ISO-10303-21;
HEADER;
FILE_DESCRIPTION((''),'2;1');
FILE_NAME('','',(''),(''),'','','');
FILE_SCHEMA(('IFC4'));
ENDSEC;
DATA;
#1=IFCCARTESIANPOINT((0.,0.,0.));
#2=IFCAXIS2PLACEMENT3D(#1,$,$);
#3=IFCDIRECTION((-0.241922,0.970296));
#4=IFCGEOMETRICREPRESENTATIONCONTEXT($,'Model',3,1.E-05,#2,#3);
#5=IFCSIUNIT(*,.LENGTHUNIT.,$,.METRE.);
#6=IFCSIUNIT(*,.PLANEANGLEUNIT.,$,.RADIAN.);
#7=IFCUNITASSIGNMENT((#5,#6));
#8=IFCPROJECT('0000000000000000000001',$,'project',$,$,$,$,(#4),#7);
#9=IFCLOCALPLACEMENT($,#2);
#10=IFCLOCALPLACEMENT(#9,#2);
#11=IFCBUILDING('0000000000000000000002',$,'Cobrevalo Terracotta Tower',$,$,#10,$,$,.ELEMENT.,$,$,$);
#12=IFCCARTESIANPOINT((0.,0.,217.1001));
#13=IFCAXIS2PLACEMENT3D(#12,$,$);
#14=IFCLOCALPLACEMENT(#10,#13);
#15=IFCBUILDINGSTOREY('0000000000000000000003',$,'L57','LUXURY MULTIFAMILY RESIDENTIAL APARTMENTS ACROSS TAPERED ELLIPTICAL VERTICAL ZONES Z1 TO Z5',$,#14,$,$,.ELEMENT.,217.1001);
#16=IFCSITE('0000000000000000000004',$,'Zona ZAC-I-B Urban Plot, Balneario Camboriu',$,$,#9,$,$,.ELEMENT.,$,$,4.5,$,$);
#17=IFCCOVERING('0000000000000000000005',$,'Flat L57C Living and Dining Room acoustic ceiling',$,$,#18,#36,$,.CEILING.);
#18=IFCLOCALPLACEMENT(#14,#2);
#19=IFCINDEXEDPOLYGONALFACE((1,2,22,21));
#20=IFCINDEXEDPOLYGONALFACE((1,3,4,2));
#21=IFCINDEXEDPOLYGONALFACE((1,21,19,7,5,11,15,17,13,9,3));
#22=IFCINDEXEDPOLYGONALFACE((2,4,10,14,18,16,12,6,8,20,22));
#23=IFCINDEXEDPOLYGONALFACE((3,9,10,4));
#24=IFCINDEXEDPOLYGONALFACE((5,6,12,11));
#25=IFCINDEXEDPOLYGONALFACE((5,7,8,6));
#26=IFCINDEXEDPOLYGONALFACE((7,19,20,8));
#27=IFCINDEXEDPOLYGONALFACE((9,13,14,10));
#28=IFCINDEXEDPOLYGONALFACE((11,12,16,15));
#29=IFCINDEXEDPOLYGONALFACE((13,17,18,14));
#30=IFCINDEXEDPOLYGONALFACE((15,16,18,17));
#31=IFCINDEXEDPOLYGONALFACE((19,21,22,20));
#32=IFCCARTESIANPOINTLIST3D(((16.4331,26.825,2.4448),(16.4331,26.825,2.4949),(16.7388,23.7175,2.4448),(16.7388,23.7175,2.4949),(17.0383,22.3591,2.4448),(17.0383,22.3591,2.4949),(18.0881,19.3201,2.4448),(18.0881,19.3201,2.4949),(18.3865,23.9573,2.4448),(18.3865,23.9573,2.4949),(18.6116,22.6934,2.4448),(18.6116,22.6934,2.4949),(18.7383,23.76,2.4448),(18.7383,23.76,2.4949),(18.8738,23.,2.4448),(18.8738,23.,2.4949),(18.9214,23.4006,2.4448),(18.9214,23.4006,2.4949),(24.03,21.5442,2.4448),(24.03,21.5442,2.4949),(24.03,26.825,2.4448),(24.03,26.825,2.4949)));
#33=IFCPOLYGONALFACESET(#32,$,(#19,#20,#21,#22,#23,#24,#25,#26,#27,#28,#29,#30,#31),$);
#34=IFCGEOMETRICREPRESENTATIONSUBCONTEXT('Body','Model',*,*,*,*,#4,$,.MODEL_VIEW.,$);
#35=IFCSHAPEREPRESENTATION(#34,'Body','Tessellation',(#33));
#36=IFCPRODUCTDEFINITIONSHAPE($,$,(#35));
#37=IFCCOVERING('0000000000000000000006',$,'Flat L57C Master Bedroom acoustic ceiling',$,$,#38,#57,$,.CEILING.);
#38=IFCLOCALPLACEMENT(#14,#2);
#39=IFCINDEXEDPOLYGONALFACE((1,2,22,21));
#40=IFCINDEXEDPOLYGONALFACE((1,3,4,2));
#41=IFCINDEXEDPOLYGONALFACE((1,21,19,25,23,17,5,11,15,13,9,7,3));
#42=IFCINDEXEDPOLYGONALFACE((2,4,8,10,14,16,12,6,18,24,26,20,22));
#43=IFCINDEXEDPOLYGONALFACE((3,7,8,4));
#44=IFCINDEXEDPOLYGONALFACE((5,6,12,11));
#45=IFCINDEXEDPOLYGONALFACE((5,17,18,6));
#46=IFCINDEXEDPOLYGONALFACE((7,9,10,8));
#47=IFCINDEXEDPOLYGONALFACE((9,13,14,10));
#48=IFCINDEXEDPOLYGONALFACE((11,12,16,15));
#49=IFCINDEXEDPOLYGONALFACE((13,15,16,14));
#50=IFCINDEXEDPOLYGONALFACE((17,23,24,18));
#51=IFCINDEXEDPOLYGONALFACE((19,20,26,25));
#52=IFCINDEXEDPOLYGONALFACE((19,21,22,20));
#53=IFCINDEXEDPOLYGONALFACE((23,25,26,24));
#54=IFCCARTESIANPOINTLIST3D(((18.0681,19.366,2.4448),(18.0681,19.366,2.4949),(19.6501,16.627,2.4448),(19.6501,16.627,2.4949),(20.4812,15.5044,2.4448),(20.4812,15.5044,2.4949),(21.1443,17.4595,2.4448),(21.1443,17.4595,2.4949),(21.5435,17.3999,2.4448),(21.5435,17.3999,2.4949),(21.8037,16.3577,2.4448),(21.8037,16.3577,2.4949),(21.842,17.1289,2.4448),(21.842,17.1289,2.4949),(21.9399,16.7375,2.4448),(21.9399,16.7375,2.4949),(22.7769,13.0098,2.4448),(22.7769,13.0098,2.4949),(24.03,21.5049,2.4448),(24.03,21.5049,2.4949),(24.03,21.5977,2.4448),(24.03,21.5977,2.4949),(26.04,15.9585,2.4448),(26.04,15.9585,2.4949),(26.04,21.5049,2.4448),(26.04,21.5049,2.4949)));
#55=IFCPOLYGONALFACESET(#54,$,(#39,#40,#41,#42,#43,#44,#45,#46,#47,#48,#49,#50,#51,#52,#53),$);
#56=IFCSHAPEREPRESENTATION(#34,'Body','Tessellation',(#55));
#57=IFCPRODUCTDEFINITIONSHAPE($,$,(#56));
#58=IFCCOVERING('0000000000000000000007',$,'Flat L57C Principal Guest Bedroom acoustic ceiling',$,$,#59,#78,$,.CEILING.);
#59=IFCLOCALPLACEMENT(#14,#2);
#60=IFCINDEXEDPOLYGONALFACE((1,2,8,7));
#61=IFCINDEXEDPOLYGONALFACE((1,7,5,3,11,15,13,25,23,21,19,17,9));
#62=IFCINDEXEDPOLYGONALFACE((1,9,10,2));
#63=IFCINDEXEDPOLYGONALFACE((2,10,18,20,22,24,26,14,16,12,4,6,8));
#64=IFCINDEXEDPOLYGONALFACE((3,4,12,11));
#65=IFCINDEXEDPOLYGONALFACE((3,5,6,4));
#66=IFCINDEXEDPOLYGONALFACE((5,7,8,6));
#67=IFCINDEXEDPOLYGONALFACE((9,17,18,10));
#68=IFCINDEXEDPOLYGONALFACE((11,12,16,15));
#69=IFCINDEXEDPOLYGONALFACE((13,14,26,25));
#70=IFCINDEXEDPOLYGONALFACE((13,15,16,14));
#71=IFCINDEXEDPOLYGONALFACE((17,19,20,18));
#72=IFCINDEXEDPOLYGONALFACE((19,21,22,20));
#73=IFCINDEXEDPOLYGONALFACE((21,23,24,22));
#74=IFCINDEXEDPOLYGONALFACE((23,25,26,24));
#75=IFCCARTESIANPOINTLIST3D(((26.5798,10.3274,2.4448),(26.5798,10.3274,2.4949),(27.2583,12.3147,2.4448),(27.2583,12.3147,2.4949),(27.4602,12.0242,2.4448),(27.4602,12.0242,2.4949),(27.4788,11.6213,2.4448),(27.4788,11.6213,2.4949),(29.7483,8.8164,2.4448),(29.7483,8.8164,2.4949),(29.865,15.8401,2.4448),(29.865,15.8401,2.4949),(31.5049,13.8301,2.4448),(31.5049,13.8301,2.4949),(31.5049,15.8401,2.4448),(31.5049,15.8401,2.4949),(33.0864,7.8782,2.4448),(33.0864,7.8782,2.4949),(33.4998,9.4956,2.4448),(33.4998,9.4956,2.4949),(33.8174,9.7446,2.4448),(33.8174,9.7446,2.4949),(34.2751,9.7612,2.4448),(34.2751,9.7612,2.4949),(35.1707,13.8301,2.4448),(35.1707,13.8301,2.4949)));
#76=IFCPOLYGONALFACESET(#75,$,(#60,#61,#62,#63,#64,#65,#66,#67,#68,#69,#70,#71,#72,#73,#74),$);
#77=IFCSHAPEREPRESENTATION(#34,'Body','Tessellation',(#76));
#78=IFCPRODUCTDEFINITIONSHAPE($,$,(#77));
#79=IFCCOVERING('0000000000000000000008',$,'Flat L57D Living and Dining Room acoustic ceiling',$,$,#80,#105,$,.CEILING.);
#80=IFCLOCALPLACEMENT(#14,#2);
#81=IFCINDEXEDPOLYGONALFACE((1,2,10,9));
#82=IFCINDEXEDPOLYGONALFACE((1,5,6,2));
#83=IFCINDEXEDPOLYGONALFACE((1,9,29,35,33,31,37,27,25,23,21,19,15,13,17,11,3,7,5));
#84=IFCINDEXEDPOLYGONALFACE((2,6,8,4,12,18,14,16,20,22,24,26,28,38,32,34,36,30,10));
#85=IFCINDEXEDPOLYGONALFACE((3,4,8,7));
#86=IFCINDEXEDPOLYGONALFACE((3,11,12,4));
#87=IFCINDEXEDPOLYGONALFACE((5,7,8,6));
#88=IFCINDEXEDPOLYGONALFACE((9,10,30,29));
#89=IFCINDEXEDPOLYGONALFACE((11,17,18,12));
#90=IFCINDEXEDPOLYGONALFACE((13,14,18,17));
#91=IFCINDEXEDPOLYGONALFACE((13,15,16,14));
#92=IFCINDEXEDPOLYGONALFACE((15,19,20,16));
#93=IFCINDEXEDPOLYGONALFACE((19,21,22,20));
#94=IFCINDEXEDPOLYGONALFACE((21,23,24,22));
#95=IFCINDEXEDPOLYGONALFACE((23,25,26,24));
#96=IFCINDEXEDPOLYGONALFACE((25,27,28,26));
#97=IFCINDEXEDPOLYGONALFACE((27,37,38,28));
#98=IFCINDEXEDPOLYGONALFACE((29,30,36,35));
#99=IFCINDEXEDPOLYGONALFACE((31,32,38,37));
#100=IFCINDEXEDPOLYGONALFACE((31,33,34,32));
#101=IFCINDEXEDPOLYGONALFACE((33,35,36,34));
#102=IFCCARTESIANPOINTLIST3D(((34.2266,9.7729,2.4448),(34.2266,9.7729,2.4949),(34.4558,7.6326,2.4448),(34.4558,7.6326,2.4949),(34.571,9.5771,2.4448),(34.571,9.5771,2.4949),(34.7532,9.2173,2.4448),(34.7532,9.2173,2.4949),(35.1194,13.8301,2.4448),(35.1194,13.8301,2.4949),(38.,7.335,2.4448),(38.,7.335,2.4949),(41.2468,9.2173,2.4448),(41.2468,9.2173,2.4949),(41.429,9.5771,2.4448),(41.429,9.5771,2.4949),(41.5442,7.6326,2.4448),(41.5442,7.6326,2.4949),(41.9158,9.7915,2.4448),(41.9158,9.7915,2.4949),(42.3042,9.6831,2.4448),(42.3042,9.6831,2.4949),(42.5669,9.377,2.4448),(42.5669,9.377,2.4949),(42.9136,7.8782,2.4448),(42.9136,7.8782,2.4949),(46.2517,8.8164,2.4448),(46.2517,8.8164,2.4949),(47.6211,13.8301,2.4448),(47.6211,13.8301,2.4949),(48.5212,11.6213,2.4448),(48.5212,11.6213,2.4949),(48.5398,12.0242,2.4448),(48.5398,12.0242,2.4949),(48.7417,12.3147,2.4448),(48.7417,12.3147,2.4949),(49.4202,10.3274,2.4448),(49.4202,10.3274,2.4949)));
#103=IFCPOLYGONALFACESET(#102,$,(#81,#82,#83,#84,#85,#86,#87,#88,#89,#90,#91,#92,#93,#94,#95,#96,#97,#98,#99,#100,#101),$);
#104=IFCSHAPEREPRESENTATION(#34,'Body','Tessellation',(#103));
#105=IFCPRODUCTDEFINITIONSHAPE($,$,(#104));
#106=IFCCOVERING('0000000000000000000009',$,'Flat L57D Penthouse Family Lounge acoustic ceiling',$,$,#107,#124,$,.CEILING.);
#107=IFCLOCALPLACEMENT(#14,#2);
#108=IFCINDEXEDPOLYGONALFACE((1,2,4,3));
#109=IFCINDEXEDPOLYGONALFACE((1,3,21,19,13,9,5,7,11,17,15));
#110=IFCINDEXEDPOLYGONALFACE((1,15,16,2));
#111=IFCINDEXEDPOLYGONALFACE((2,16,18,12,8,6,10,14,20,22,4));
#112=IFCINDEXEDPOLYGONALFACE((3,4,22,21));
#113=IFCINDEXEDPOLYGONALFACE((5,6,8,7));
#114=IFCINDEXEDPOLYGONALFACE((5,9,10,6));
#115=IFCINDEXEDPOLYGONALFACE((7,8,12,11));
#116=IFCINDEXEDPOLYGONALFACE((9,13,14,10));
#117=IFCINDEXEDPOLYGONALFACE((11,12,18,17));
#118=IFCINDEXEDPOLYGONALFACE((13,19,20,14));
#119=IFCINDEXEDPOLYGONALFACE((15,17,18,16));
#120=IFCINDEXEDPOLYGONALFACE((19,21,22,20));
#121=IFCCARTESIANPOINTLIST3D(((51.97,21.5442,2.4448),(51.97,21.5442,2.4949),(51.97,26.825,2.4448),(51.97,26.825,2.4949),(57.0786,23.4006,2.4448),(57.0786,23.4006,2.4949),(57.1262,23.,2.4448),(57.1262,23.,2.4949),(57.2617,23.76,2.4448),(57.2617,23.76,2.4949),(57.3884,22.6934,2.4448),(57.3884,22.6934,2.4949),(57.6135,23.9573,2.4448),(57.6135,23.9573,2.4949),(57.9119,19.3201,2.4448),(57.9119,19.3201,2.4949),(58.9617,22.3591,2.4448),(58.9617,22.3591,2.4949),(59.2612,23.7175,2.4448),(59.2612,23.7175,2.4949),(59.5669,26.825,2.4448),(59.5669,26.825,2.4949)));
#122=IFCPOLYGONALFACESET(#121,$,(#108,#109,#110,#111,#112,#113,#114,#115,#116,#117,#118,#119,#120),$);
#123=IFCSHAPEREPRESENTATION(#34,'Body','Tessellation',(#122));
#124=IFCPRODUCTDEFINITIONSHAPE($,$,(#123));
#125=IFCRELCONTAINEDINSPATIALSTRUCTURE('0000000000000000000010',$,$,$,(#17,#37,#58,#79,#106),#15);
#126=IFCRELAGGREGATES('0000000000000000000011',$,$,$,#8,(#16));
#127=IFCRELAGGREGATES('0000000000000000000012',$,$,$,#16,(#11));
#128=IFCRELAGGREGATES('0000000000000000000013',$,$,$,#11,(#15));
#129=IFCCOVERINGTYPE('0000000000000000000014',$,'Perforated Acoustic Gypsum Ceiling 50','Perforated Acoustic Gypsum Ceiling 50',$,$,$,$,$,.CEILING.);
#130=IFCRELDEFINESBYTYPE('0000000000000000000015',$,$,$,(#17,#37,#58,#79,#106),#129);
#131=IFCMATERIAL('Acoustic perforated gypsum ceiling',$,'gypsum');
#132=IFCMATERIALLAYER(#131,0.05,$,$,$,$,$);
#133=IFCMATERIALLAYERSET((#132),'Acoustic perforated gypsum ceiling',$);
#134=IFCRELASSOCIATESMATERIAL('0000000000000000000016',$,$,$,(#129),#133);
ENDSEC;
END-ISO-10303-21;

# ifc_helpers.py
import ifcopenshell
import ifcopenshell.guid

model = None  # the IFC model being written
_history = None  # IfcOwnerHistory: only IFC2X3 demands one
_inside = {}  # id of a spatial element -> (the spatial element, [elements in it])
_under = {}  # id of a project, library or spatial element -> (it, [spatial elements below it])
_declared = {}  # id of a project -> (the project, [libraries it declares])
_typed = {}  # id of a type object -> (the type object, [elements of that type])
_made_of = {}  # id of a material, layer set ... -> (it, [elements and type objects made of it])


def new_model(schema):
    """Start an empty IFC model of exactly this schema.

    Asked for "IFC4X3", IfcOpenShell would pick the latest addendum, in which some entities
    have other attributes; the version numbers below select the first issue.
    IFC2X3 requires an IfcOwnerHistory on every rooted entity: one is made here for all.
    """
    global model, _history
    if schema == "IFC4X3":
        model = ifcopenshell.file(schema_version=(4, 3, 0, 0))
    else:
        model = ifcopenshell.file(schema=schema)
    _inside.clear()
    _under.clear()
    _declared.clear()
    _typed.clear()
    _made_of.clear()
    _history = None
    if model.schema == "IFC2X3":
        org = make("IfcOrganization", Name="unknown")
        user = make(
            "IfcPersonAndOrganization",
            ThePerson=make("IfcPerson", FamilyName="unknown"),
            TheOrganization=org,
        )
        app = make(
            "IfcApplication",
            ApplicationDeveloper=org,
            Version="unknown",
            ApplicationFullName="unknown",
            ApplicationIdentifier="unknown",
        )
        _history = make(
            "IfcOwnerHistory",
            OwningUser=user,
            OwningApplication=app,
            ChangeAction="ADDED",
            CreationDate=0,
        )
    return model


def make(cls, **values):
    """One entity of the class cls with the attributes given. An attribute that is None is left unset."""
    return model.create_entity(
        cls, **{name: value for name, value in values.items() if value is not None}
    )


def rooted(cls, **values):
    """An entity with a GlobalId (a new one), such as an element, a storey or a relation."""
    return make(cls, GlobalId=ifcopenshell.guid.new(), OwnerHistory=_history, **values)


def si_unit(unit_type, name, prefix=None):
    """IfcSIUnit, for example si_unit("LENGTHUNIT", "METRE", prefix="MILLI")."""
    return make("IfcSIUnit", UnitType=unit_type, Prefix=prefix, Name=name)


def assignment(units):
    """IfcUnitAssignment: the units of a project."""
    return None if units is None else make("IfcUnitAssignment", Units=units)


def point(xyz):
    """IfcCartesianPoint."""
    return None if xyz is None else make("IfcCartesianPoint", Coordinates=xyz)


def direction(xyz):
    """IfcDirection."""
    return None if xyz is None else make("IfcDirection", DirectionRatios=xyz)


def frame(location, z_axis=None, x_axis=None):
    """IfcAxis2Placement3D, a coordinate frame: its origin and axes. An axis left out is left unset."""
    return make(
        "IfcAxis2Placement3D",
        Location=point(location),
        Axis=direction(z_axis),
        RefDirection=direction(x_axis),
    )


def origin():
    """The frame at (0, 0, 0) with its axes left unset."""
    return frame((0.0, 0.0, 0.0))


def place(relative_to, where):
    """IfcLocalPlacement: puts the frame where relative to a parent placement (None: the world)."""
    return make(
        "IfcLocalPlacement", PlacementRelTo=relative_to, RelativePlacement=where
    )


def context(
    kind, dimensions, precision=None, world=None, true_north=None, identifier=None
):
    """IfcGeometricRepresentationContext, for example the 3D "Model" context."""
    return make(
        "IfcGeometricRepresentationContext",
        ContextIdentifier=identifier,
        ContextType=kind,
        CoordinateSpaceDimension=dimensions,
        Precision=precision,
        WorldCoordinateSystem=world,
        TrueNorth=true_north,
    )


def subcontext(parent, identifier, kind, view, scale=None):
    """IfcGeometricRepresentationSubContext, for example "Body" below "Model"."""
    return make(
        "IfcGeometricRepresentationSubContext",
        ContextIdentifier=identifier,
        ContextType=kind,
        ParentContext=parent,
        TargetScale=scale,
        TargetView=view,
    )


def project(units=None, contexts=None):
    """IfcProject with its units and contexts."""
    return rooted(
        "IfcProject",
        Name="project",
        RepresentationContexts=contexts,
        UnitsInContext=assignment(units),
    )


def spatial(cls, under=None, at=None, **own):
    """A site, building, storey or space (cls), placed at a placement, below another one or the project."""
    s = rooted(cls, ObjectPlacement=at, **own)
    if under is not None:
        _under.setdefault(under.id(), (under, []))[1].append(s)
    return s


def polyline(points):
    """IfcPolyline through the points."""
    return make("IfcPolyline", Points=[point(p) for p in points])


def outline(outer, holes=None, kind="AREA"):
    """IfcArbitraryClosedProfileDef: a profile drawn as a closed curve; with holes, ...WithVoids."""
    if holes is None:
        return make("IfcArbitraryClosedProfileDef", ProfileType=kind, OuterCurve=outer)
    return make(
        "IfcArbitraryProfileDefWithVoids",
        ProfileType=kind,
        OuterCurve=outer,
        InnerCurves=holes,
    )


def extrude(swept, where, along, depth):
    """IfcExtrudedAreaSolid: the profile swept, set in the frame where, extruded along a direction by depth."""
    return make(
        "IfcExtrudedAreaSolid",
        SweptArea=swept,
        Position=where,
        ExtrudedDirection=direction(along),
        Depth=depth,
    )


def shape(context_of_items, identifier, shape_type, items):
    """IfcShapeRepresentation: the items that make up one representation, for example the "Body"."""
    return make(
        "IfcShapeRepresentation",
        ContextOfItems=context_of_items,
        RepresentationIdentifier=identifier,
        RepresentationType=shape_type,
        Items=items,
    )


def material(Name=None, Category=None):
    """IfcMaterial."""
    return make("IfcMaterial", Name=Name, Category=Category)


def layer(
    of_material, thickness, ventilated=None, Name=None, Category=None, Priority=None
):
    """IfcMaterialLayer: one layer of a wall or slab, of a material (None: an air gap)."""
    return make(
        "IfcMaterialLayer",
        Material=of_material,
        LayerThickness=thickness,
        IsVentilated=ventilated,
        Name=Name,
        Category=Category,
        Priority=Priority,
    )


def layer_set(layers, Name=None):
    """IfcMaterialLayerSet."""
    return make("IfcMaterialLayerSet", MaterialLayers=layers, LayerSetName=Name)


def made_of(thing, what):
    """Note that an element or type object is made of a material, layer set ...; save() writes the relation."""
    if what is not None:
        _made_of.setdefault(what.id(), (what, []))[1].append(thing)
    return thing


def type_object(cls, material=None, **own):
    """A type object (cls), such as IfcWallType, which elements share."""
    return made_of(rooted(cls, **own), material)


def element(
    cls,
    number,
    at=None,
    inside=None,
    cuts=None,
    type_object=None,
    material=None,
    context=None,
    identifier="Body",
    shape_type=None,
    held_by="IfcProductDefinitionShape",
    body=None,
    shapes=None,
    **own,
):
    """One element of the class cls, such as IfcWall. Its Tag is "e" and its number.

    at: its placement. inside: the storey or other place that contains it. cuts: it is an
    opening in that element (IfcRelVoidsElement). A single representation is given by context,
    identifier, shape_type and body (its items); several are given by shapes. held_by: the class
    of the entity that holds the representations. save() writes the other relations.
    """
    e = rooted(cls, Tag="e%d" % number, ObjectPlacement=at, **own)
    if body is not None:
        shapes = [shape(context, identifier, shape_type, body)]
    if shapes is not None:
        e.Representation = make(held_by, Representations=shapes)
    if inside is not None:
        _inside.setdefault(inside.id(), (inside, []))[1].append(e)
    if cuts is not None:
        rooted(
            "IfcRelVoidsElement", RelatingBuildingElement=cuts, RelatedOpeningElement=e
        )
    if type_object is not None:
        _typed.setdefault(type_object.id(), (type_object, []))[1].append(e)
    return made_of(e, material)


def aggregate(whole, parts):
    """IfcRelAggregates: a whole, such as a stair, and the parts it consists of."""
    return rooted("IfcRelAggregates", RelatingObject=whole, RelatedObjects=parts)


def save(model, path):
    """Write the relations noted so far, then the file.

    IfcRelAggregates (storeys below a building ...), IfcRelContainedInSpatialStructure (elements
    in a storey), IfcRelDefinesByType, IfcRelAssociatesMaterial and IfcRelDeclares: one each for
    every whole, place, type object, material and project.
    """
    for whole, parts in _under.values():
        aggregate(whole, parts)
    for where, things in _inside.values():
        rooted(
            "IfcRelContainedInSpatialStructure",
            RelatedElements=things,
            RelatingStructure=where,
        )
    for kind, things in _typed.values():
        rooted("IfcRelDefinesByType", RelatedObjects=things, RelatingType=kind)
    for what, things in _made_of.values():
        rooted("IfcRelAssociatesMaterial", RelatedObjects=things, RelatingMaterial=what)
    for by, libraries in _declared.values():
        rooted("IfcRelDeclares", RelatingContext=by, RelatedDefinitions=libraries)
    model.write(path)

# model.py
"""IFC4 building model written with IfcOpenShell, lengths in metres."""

from ifc_helpers import new_model, si_unit, direction, frame, origin, place, context, subcontext, project, spatial, polyline, outline, extrude, material, layer, layer_set, type_object, element, save


model = new_model("IFC4")

# Units and contexts
model_context = context("Model", 3, precision=1e-05, world=origin(), true_north=direction((-0.241922, 0.970296)))
body_context = subcontext(model_context, "Body", "Model", "MODEL_VIEW")
ifc_project = project(units=[si_unit("LENGTHUNIT", "METRE"), si_unit("PLANEANGLEUNIT", "RADIAN")], contexts=[model_context])

# Site, building, storey
site_placement = place(None, origin())
site = spatial("IfcSite", under=ifc_project, at=site_placement, Name="Zona ZAC-I-B Urban Plot, Balneario Camboriu", CompositionType="ELEMENT", RefElevation=4.5)
building_placement = place(site_placement, origin())
building = spatial("IfcBuilding", under=site, at=building_placement, Name="Cobrevalo Terracotta Tower", CompositionType="ELEMENT")
storey_placement = place(building_placement, frame((0.0, 0.0, 217.1001)))
storey = spatial("IfcBuildingStorey", under=building, at=storey_placement, Name="L57", Description="LUXURY MULTIFAMILY RESIDENTIAL APARTMENTS ACROSS TAPERED ELLIPTICAL VERTICAL ZONES Z1 TO Z5", CompositionType="ELEMENT", Elevation=217.1001)

# Coverings
ifc_material_1 = material(Name="Acoustic perforated gypsum ceiling", Category="gypsum")
ifc_layer_1 = layer(ifc_material_1, 0.05)
ifc_layer_set_1 = layer_set([ifc_layer_1], Name="Acoustic perforated gypsum ceiling")
covering_type_1 = type_object("IfcCoveringType", Name="Perforated Acoustic Gypsum Ceiling 50", Description="Perforated Acoustic Gypsum Ceiling 50", PredefinedType="CEILING", material=ifc_layer_set_1)
covering_1_placement = place(storey_placement, frame((0.0, 0.0, 2.4448)))
element("IfcCovering", 1, at=covering_1_placement, inside=storey, type_object=covering_type_1, Name="Flat L57C Living and Dining Room acoustic ceiling", PredefinedType="CEILING", context=body_context, shape_type="SweptSolid", body=[
    extrude(outline(polyline([(18.0881, 19.3201), (17.0383, 22.3591), (18.6116, 22.6934), (18.8738, 23.0), (18.9214, 23.4006), (18.7383, 23.76), (18.3865, 23.9573), (16.7388, 23.7175), (16.4331, 26.825), (24.03, 26.825), (24.03, 21.5442), (18.0881, 19.3201)])), origin(), (0.0, 0.0, 1.0), 0.05),
])
covering_2_placement = place(storey_placement, frame((0.0, 0.0, 2.4448)))
element("IfcCovering", 2, at=covering_2_placement, inside=storey, type_object=covering_type_1, Name="Flat L57C Master Bedroom acoustic ceiling", PredefinedType="CEILING", context=body_context, shape_type="SweptSolid", body=[
    extrude(outline(polyline([(22.7769, 13.0098), (20.4812, 15.5044), (21.8037, 16.3577), (21.9399, 16.7375), (21.842, 17.1289), (21.5435, 17.3999), (21.1443, 17.4595), (19.6501, 16.627), (18.0681, 19.366), (24.03, 21.5977), (24.03, 21.5049), (26.04, 21.5049), (26.04, 15.9585), (22.7769, 13.0098)])), origin(), (0.0, 0.0, 1.0), 0.05),
])
covering_3_placement = place(storey_placement, frame((0.0, 0.0, 2.4448)))
element("IfcCovering", 3, at=covering_3_placement, inside=storey, type_object=covering_type_1, Name="Flat L57C Principal Guest Bedroom acoustic ceiling", PredefinedType="CEILING", context=body_context, shape_type="SweptSolid", body=[
    extrude(outline(polyline([(26.5798, 10.3274), (27.4788, 11.6213), (27.4602, 12.0242), (27.2583, 12.3147), (29.865, 15.8401), (31.5049, 15.8401), (31.5049, 13.8301), (35.1707, 13.8301), (34.2751, 9.7612), (33.8174, 9.7446), (33.4998, 9.4956), (33.0864, 7.8782), (29.7483, 8.8164), (26.5798, 10.3274)])), origin(), (0.0, 0.0, 1.0), 0.05),
])
covering_4_placement = place(storey_placement, frame((0.0, 0.0, 2.4448)))
element("IfcCovering", 4, at=covering_4_placement, inside=storey, type_object=covering_type_1, Name="Flat L57D Living and Dining Room acoustic ceiling", PredefinedType="CEILING", context=body_context, shape_type="SweptSolid", body=[
    extrude(outline(polyline([(46.2517, 8.8164), (42.9136, 7.8782), (42.5669, 9.377), (42.3042, 9.6831), (41.9158, 9.7915), (41.429, 9.5771), (41.2468, 9.2173), (41.5442, 7.6326), (38.0, 7.335), (34.4558, 7.6326), (34.7532, 9.2173), (34.571, 9.5771), (34.2266, 9.7729), (35.1194, 13.8301), (47.6211, 13.8301), (48.7417, 12.3147), (48.5398, 12.0242), (48.5212, 11.6213), (49.4202, 10.3274), (46.2517, 8.8164)])), origin(), (0.0, 0.0, 1.0), 0.05),
])
covering_5_placement = place(storey_placement, frame((0.0, 0.0, 2.4448)))
element("IfcCovering", 5, at=covering_5_placement, inside=storey, type_object=covering_type_1, Name="Flat L57D Penthouse Family Lounge acoustic ceiling", PredefinedType="CEILING", context=body_context, shape_type="SweptSolid", body=[
    extrude(outline(polyline([(51.97, 21.5442), (51.97, 26.825), (59.5669, 26.825), (59.2612, 23.7175), (57.6135, 23.9573), (57.2617, 23.76), (57.0786, 23.4006), (57.1262, 23.0), (57.3884, 22.6934), (58.9617, 22.3591), (57.9119, 19.3201), (51.97, 21.5442)])), origin(), (0.0, 0.0, 1.0), 0.05),
])

save(model, "model.ifc")
